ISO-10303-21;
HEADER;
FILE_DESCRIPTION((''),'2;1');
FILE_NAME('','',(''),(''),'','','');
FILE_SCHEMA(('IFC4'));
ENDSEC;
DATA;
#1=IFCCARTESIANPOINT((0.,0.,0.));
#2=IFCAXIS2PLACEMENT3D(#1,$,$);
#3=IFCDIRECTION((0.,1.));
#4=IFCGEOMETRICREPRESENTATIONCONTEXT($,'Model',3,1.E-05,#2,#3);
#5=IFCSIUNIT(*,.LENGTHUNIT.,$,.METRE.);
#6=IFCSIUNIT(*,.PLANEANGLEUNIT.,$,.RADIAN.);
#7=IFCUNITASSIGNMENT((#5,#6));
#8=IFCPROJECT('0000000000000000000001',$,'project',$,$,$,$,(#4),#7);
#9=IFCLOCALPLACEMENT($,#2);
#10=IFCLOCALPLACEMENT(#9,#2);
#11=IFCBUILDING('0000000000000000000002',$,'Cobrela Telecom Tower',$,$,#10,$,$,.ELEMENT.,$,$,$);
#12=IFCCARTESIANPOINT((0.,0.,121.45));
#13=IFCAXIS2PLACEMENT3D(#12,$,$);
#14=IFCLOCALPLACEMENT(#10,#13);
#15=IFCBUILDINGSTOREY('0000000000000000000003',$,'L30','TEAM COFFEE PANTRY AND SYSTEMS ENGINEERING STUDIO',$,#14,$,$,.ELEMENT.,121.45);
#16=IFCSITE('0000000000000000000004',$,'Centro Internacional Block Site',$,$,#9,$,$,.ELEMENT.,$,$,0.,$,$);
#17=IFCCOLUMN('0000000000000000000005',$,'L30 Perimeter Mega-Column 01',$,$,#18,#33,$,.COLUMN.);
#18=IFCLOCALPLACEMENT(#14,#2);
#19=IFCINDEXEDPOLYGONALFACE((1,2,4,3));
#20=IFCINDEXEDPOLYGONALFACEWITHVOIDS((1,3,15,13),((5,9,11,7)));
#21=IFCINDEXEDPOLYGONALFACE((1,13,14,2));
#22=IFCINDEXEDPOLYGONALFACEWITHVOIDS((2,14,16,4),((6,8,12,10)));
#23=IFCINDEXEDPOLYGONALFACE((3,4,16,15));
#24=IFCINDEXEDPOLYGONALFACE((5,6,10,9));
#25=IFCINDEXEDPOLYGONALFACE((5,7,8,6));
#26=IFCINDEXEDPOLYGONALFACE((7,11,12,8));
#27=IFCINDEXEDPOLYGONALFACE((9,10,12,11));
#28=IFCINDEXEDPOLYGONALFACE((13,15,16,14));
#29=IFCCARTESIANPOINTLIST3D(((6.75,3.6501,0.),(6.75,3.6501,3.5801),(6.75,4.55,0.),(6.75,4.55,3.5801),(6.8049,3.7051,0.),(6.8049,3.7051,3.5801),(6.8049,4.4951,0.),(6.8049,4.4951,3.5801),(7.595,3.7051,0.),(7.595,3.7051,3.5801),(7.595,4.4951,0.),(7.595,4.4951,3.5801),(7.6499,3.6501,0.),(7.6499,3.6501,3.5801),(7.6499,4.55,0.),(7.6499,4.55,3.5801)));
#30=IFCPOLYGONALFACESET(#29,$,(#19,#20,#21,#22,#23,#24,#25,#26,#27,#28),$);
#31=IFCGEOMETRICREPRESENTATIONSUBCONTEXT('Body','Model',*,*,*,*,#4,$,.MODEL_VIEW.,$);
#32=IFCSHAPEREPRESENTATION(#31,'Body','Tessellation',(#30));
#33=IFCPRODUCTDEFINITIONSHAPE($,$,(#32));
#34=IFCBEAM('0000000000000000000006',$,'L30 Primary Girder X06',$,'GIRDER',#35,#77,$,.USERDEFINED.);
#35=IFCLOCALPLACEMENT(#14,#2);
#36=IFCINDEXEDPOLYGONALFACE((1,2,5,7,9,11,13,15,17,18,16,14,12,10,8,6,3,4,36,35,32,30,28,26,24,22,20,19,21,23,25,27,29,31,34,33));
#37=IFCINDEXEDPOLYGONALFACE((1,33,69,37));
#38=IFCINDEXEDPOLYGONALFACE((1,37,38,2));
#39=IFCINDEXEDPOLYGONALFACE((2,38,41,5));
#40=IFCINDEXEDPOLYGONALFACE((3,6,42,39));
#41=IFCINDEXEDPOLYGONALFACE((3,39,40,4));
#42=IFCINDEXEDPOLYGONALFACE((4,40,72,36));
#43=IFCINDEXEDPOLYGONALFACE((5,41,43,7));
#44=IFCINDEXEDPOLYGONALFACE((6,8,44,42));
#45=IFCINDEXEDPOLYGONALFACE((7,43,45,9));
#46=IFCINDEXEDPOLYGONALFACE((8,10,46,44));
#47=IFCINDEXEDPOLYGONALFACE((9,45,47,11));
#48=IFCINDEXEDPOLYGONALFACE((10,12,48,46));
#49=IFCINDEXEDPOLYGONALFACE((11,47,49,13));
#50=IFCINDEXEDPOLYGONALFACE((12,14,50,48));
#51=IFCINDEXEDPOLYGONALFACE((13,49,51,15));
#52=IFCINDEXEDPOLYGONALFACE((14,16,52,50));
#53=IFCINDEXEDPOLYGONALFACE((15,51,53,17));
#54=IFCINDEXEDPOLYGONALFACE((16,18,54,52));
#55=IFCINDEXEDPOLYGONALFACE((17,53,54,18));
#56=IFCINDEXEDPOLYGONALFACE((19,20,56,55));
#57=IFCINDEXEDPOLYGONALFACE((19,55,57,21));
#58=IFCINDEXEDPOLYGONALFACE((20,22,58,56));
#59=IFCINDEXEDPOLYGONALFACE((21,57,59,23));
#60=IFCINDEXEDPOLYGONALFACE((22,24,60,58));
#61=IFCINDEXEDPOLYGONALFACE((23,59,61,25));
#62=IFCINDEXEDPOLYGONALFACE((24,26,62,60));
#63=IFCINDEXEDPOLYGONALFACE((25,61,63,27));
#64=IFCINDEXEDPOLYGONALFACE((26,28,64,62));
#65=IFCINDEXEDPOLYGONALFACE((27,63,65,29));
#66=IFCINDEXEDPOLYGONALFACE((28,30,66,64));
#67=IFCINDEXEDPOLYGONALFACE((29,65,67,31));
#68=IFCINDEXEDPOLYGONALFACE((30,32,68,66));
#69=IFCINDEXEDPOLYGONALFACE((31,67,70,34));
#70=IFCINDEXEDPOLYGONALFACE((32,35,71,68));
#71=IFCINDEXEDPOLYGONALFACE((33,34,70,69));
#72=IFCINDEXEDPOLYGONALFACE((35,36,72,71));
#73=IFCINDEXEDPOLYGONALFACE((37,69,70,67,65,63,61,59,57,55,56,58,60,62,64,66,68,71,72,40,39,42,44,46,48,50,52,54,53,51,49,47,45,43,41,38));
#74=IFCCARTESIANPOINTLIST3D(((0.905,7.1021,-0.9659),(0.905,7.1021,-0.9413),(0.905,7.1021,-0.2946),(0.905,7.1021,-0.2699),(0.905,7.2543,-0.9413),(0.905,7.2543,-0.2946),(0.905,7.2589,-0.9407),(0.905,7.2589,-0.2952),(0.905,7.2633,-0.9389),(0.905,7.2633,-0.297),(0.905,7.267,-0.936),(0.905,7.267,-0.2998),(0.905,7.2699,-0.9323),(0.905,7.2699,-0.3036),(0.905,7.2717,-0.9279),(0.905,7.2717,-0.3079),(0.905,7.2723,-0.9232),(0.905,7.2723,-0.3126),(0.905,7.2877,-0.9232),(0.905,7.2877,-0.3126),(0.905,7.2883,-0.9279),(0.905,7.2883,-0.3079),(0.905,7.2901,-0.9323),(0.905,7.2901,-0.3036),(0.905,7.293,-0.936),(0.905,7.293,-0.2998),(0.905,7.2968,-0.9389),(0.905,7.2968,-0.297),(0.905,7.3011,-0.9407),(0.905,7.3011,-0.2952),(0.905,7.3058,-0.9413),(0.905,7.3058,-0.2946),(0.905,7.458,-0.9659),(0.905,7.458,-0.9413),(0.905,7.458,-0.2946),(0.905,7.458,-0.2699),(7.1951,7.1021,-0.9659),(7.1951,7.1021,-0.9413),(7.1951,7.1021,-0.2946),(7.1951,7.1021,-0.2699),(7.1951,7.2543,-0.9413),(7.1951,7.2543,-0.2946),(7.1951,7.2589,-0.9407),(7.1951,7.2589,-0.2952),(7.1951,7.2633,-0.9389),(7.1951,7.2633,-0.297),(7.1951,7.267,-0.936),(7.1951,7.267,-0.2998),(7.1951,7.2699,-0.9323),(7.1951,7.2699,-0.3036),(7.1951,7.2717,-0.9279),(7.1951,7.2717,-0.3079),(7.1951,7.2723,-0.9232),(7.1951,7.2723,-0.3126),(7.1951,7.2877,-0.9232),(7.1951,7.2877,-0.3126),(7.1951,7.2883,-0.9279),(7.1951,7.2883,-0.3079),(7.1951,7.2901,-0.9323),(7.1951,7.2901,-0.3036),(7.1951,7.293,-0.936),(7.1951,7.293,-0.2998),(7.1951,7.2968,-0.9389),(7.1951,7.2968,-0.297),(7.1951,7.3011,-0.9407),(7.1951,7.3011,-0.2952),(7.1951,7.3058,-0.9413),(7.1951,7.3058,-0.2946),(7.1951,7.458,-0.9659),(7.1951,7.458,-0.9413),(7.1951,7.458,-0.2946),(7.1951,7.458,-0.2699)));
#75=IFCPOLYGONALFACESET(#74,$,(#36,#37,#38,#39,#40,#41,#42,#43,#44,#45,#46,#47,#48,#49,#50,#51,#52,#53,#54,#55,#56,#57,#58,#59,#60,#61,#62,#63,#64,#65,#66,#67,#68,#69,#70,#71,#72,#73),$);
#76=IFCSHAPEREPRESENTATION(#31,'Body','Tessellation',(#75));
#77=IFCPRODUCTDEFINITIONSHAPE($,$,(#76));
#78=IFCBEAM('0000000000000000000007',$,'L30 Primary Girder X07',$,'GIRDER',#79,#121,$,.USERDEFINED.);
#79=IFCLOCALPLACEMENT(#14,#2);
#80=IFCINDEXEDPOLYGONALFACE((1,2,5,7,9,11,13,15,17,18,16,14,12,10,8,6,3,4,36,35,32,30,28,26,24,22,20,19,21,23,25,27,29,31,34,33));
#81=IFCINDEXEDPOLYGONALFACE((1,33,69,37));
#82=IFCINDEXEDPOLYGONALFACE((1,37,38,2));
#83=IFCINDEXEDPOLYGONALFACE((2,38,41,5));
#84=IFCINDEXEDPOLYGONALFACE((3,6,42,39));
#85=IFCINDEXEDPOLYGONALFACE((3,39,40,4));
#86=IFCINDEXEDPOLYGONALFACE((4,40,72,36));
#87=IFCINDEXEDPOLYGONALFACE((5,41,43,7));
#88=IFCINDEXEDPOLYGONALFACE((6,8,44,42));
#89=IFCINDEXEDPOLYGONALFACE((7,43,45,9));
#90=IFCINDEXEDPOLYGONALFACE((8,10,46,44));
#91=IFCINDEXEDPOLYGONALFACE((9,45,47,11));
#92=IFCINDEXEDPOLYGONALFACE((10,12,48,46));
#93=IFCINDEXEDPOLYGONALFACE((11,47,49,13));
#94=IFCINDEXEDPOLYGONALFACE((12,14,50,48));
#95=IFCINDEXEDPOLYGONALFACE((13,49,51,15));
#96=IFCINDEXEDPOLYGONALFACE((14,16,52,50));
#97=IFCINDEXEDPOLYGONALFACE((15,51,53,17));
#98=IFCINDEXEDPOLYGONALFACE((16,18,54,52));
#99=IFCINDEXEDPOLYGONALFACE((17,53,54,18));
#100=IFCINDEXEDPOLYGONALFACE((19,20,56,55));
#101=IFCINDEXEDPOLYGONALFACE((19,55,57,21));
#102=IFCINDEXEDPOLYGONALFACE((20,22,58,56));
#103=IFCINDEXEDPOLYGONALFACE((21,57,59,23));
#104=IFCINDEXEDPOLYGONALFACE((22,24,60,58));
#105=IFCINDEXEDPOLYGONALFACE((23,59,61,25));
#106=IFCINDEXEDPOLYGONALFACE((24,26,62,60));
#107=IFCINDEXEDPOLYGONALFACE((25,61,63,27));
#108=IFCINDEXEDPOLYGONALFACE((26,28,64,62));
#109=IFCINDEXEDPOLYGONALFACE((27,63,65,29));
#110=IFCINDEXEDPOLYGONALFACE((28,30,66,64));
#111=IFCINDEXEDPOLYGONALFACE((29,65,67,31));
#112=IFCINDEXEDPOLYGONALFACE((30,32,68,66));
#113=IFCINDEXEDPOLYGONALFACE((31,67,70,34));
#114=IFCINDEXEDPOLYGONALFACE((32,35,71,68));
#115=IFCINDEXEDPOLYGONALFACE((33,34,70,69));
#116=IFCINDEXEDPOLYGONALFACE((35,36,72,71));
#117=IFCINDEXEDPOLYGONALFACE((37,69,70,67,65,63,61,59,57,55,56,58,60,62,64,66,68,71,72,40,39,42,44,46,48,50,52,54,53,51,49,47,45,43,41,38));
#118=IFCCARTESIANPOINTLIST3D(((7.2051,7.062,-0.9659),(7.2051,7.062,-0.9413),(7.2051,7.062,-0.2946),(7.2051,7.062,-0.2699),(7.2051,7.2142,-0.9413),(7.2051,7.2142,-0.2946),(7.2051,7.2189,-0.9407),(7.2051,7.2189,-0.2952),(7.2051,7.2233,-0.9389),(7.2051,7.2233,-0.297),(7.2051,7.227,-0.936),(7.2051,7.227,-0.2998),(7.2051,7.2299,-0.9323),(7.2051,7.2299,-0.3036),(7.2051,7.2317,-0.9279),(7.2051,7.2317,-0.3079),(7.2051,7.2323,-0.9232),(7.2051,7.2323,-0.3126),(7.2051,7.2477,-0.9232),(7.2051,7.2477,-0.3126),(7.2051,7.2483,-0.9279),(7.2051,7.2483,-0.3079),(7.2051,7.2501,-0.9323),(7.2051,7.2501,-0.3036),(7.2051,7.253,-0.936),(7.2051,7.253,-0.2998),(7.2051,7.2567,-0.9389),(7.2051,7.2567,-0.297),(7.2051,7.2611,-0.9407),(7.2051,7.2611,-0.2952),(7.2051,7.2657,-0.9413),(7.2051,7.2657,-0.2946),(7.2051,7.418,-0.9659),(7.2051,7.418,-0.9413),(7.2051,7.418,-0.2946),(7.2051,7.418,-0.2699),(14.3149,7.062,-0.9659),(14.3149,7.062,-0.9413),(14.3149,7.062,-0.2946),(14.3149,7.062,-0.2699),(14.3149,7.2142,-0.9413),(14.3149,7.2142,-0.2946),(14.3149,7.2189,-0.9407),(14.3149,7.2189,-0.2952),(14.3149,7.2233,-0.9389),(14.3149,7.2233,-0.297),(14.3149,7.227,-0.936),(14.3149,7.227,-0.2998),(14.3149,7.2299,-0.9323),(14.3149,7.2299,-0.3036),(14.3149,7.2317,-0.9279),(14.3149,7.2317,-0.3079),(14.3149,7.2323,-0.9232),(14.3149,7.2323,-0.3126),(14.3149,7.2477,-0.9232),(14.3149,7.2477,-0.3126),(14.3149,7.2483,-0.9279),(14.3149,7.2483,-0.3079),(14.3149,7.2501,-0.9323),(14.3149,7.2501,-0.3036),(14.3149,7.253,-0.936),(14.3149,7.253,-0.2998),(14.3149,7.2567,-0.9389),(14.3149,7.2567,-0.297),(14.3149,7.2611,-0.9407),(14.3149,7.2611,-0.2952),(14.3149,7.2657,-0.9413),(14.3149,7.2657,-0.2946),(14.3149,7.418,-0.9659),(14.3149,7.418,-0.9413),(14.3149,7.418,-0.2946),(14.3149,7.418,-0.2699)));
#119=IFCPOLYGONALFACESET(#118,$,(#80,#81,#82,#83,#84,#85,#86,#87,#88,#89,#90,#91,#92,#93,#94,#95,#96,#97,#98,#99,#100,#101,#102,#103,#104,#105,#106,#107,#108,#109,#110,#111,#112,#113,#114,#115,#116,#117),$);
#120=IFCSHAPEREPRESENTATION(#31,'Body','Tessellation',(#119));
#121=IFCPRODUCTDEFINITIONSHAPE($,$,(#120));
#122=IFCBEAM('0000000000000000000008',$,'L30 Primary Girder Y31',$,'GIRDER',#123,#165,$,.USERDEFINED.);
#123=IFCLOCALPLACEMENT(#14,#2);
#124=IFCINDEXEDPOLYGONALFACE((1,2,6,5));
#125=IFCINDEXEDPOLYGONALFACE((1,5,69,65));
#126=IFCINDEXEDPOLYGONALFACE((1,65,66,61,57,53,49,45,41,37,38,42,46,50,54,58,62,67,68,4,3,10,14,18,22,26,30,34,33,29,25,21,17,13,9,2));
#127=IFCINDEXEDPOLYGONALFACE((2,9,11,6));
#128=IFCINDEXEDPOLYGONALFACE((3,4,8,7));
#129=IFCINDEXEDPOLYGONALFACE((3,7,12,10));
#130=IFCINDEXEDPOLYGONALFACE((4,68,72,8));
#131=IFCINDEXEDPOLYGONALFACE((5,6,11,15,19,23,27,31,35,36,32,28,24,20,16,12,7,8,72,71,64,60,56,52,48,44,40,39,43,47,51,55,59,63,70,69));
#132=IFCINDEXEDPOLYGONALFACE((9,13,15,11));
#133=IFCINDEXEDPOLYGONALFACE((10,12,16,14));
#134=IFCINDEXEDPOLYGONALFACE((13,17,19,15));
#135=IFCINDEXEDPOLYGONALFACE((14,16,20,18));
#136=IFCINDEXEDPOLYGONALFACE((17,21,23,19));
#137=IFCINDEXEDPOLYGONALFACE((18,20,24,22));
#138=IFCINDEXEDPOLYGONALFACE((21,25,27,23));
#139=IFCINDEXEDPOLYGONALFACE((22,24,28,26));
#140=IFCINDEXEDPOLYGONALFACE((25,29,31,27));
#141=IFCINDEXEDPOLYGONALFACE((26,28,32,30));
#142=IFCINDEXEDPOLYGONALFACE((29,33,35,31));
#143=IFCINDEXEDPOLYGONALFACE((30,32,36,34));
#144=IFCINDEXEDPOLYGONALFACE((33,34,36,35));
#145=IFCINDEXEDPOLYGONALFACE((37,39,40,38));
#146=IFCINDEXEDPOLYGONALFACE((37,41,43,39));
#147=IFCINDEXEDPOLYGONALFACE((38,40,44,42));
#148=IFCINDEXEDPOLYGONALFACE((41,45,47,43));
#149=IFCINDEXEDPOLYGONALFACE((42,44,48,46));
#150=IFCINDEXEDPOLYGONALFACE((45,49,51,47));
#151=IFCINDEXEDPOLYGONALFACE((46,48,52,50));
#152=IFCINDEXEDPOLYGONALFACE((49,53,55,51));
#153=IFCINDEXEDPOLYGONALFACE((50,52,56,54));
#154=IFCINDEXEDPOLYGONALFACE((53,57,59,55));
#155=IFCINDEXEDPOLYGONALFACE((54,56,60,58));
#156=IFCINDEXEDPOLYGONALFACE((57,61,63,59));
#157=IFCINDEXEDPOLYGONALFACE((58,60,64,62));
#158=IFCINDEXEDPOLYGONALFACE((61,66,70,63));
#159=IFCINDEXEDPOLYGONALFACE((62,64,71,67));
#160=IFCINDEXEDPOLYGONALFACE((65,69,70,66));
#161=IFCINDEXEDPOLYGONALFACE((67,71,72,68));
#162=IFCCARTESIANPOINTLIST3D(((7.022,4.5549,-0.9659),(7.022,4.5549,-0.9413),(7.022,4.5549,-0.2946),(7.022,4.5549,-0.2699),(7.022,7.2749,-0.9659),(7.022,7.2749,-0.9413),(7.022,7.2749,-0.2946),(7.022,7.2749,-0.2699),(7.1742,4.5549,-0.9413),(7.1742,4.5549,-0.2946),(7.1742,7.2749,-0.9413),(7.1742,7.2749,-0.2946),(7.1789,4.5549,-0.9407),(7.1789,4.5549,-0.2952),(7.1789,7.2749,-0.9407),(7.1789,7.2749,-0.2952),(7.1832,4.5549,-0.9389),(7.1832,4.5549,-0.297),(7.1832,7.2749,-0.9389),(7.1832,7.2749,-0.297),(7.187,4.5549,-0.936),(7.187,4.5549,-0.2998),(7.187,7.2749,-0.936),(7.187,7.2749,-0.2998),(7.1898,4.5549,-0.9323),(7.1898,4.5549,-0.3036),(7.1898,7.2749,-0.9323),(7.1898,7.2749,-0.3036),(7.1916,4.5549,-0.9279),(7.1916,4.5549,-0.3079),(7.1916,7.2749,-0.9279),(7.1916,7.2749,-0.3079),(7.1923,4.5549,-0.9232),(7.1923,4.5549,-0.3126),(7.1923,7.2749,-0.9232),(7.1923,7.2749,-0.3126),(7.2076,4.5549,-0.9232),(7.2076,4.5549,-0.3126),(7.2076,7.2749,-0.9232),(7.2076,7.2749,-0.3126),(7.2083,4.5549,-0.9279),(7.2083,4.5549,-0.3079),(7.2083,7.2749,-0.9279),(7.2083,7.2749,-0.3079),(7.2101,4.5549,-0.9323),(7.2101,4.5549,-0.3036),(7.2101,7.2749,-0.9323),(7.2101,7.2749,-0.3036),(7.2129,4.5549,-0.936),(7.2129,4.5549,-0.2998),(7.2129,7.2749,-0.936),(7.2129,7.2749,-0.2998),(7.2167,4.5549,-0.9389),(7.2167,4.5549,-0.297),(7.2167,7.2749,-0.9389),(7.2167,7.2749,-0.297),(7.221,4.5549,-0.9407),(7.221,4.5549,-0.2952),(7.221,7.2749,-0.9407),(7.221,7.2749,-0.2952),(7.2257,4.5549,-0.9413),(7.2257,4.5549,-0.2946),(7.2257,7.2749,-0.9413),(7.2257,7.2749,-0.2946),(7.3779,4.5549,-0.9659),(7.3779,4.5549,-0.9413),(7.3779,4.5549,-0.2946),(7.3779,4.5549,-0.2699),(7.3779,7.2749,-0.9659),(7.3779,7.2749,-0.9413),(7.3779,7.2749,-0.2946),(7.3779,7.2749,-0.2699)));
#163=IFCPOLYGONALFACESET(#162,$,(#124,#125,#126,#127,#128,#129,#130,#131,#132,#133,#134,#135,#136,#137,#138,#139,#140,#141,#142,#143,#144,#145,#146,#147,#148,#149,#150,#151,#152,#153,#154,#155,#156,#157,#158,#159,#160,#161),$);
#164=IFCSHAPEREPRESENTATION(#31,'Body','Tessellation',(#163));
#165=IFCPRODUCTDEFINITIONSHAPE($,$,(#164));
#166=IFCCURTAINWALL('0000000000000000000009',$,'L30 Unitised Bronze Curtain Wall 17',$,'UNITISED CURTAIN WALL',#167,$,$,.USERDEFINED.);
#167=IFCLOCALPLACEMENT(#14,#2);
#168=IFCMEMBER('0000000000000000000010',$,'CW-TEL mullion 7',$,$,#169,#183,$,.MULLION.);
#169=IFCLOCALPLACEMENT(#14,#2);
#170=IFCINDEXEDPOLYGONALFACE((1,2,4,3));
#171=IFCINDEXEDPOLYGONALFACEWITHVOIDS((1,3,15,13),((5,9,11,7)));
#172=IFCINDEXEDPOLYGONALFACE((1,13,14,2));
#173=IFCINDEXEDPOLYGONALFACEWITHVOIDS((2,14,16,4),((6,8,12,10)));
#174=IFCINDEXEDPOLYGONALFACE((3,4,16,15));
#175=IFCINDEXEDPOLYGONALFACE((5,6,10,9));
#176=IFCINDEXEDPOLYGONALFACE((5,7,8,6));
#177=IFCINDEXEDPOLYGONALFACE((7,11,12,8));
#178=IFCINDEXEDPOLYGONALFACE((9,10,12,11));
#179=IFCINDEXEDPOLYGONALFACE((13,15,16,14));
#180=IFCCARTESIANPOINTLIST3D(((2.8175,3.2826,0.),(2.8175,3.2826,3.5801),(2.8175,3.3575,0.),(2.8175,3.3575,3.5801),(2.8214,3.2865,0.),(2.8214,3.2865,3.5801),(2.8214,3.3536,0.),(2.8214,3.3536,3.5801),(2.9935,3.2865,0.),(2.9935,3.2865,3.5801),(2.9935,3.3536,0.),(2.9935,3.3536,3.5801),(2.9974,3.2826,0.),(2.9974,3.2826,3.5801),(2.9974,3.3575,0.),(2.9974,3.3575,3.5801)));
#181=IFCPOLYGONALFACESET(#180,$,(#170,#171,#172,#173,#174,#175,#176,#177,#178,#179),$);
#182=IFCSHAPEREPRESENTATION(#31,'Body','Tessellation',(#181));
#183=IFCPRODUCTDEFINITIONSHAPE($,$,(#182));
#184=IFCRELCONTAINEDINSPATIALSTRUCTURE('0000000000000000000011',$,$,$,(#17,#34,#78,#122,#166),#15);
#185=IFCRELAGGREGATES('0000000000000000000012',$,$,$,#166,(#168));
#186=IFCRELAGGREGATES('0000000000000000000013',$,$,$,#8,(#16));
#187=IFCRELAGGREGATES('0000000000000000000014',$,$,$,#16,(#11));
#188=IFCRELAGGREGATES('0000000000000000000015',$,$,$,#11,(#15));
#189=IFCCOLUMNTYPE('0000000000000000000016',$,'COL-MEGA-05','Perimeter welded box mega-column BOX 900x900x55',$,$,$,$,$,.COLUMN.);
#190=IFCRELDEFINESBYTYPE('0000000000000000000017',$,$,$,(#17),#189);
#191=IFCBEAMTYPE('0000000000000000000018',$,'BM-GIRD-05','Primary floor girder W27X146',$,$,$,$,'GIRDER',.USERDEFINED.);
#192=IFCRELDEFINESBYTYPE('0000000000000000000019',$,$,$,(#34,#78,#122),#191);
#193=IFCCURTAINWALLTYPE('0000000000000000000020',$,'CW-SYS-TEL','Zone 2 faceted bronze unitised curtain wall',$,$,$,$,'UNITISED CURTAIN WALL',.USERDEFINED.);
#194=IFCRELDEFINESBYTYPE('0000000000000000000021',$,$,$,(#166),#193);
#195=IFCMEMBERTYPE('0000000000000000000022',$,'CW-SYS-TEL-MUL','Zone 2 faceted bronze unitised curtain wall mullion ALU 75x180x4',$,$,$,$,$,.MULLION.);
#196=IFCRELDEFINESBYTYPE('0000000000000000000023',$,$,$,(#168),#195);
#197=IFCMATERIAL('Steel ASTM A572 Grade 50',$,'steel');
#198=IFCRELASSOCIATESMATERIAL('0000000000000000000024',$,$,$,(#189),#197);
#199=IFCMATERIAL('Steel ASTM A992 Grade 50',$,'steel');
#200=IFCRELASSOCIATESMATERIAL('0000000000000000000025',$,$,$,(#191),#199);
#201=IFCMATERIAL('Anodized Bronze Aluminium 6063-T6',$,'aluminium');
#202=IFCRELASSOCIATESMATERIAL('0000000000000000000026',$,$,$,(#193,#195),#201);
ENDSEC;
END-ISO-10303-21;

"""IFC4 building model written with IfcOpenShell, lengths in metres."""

from ifc_helpers import new_model, si_unit, direction, frame, origin, origin_2d, place, context, subcontext, project, spatial, hollow_rectangle, i_section, extrude, material, material_profile, profile_set, type_object, element, aggregate, save


model = new_model("IFC4")

# Units and contexts
model_context = context("Model", 3, precision=1e-05, world=origin(), true_north=direction((0.0, 1.0)))
body_context = subcontext(model_context, "Body", "Model", "MODEL_VIEW")
ifc_project = project(units=[si_unit("LENGTHUNIT", "METRE"), si_unit("PLANEANGLEUNIT", "RADIAN")], contexts=[model_context])

# Site, building, storey
site_placement = place(None, origin())
site = spatial("IfcSite", under=ifc_project, at=site_placement, Name="Centro Internacional Block Site", CompositionType="ELEMENT", RefElevation=0.0)
building_placement = place(site_placement, origin())
building = spatial("IfcBuilding", under=site, at=building_placement, Name="Cobrela Telecom Tower", CompositionType="ELEMENT")
storey_placement = place(building_placement, frame((0.0, 0.0, 121.45)))
storey = spatial("IfcBuildingStorey", under=building, at=storey_placement, Name="L30", Description="TEAM COFFEE PANTRY AND SYSTEMS ENGINEERING STUDIO", CompositionType="ELEMENT", Elevation=121.45)

# Column
ifc_material_1 = material(Name="Steel ASTM A572 Grade 50", Category="steel")
ifc_material_profile_1 = material_profile(ifc_material_1, hollow_rectangle(XDim=0.8999, YDim=0.8999, WallThickness=0.0549, at=origin_2d()), Name="BOX 900x900x55")
ifc_profile_set_1 = profile_set([ifc_material_profile_1], Name="Steel ASTM A572 Grade 50")
column_type = type_object("IfcColumnType", Name="COL-MEGA-05", Description="Perimeter welded box mega-column BOX 900x900x55", PredefinedType="COLUMN", material=ifc_profile_set_1)
column_placement = place(storey_placement, frame((7.2, 4.1001, 0.0), z_axis=(0.0, 0.0, 1.0), x_axis=(1.0, 0.0, 0.0)))
element("IfcColumn", 1, at=column_placement, inside=storey, type_object=column_type, Name="L30 Perimeter Mega-Column 01", PredefinedType="COLUMN", context=body_context, shape_type="SweptSolid", body=[
    extrude(hollow_rectangle(XDim=0.8999, YDim=0.8999, WallThickness=0.0549, at=origin_2d()), origin(), (0.0, 0.0, 1.0), 3.5801),
])

# Beams
ifc_material_2 = material(Name="Steel ASTM A992 Grade 50", Category="steel")
ifc_material_profile_2 = material_profile(ifc_material_2, i_section(OverallWidth=0.356, OverallDepth=0.696, WebThickness=0.0154, FlangeThickness=0.0247, FilletRadius=0.0181, at=origin_2d()), Name="W27X146")
ifc_profile_set_2 = profile_set([ifc_material_profile_2], Name="Steel ASTM A992 Grade 50")
beam_type = type_object("IfcBeamType", Name="BM-GIRD-05", Description="Primary floor girder W27X146", ElementType="GIRDER", PredefinedType="USERDEFINED", material=ifc_profile_set_2)
beam_1_placement = place(storey_placement, frame((0.905, 7.28, -0.6179), z_axis=(1.0, 0.0, 0.0), x_axis=(0.0, 1.0, 0.0)))
element("IfcBeam", 2, at=beam_1_placement, inside=storey, type_object=beam_type, Name="L30 Primary Girder X06", ObjectType="GIRDER", PredefinedType="USERDEFINED", context=body_context, shape_type="SweptSolid", body=[
    extrude(i_section(OverallWidth=0.356, OverallDepth=0.696, WebThickness=0.0154, FlangeThickness=0.0247, FilletRadius=0.0181, at=origin_2d()), origin(), (0.0, 0.0, 1.0), 6.29),
])
beam_2_placement = place(storey_placement, frame((7.2051, 7.24, -0.6179), z_axis=(1.0, 0.0, 0.0), x_axis=(0.0, 1.0, 0.0)))
element("IfcBeam", 3, at=beam_2_placement, inside=storey, type_object=beam_type, Name="L30 Primary Girder X07", ObjectType="GIRDER", PredefinedType="USERDEFINED", context=body_context, shape_type="SweptSolid", body=[
    extrude(i_section(OverallWidth=0.356, OverallDepth=0.696, WebThickness=0.0154, FlangeThickness=0.0247, FilletRadius=0.0181, at=origin_2d()), origin(), (0.0, 0.0, 1.0), 7.1099),
])
beam_3_placement = place(storey_placement, frame((7.2, 4.5549, -0.6179), z_axis=(0.0, 1.0, 0.0), x_axis=(-1.0, 0.0, 0.0)))
element("IfcBeam", 4, at=beam_3_placement, inside=storey, type_object=beam_type, Name="L30 Primary Girder Y31", ObjectType="GIRDER", PredefinedType="USERDEFINED", context=body_context, shape_type="SweptSolid", body=[
    extrude(i_section(OverallWidth=0.356, OverallDepth=0.696, WebThickness=0.0154, FlangeThickness=0.0247, FilletRadius=0.0181, at=origin_2d()), origin(), (0.0, 0.0, 1.0), 2.72),
])

# Curtain wall, member
ifc_material_3 = material(Name="Anodized Bronze Aluminium 6063-T6", Category="aluminium")
curtain_wall_type = type_object("IfcCurtainWallType", Name="CW-SYS-TEL", Description="Zone 2 faceted bronze unitised curtain wall", ElementType="UNITISED CURTAIN WALL", PredefinedType="USERDEFINED", material=ifc_material_3)
curtain_wall_placement = place(storey_placement, origin())
curtain_wall = element("IfcCurtainWall", 5, at=curtain_wall_placement, inside=storey, type_object=curtain_wall_type, Name="L30 Unitised Bronze Curtain Wall 17", ObjectType="UNITISED CURTAIN WALL", PredefinedType="USERDEFINED")
ifc_material_profile_3 = material_profile(ifc_material_3, hollow_rectangle(XDim=0.075, YDim=0.1799, WallThickness=0.0039, at=origin_2d()), Name="ALU 75x180x4")
ifc_profile_set_3 = profile_set([ifc_material_profile_3], Name="Anodized Bronze Aluminium 6063-T6")
member_type = type_object("IfcMemberType", Name="CW-SYS-TEL-MUL", Description="Zone 2 faceted bronze unitised curtain wall mullion ALU 75x180x4", PredefinedType="MULLION", material=ifc_profile_set_3)
member_placement = place(storey_placement, frame((2.9075, 3.3201, 0.0), z_axis=(0.0, 0.0, 1.0), x_axis=(0.0, -1.0, 0.0)))
member = element("IfcMember", 6, at=member_placement, type_object=member_type, Name="CW-TEL mullion 7", PredefinedType="MULLION", context=body_context, shape_type="SweptSolid", body=[
    extrude(hollow_rectangle(XDim=0.075, YDim=0.1799, WallThickness=0.0039, at=origin_2d()), origin(), (0.0, 0.0, 1.0), 3.5801),
])
aggregate(curtain_wall, [member])

save(model, "model.ifc")
